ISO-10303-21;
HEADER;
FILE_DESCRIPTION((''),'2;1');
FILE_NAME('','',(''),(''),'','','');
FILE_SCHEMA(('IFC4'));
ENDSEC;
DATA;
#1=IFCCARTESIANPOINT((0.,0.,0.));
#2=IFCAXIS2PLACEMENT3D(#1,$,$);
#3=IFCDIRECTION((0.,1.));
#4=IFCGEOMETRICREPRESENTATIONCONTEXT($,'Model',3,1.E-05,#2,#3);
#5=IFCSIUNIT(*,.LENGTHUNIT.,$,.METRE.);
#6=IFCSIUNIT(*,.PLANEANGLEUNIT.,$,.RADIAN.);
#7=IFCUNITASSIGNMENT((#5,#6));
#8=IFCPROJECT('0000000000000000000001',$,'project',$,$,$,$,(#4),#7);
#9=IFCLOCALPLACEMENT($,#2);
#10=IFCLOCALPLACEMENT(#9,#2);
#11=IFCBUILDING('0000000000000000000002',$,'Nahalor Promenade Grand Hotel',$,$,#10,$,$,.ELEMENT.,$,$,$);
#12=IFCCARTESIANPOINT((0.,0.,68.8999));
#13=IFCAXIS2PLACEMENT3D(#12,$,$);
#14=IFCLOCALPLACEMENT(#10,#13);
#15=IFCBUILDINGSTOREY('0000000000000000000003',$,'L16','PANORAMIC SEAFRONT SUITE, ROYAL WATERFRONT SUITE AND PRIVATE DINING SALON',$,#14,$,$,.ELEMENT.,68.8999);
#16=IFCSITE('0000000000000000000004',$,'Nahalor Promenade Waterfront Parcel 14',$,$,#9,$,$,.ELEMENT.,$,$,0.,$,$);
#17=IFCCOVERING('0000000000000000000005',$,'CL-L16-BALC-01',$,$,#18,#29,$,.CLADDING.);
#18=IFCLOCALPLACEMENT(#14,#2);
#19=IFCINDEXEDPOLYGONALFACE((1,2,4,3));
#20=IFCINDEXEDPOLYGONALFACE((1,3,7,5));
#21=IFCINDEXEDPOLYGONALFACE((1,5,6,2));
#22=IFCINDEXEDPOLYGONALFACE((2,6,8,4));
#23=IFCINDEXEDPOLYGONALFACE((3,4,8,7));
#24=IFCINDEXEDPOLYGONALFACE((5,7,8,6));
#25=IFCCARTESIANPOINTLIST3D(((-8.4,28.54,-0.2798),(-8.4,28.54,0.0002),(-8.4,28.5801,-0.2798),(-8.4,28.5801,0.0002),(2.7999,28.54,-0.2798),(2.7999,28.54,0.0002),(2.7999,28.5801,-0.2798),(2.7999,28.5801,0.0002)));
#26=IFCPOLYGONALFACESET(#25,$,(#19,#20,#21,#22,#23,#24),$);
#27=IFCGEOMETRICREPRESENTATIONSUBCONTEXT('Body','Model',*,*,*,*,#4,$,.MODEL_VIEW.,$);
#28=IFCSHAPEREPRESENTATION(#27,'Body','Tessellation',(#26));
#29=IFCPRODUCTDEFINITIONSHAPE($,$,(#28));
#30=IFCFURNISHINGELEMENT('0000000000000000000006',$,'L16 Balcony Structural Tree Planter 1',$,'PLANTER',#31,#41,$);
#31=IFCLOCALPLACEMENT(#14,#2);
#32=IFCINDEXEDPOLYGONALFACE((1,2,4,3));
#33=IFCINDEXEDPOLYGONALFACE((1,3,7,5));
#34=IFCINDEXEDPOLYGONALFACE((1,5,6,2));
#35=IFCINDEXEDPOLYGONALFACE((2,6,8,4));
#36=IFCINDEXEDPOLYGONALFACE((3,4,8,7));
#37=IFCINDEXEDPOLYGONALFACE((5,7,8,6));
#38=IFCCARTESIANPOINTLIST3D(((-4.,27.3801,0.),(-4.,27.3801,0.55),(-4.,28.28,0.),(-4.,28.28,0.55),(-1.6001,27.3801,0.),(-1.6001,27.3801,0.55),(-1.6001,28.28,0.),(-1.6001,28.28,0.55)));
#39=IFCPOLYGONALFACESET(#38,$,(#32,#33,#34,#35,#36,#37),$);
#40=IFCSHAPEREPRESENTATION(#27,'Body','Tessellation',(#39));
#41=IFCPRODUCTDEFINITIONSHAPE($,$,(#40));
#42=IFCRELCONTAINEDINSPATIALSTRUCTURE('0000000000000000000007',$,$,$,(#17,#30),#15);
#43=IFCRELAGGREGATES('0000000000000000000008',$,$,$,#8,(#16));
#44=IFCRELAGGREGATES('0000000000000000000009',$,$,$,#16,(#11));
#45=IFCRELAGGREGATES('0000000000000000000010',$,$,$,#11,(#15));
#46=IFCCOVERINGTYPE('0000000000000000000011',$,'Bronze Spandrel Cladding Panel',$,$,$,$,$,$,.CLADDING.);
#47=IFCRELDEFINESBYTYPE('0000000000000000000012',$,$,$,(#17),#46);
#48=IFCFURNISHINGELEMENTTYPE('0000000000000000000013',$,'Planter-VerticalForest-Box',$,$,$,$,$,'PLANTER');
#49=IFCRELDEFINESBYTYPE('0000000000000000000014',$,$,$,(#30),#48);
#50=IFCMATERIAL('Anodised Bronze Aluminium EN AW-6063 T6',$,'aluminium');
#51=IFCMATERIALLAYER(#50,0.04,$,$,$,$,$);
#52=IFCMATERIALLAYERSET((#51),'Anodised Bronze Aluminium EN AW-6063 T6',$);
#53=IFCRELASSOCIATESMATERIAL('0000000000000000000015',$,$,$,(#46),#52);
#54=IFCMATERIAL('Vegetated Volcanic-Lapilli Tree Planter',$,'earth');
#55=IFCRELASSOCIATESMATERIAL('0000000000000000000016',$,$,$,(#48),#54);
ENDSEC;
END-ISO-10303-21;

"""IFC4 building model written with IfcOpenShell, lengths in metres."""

from ifc_helpers import new_model, si_unit, direction, frame, origin, origin_2d, place, context, subcontext, project, spatial, rectangle, extrude, source, transform, mapped, material, layer, layer_set, type_object, element, save


model = new_model("IFC4")

# Units and contexts
model_context = context("Model", 3, precision=1e-05, world=origin(), true_north=direction((0.0, 1.0)))
body_context = subcontext(model_context, "Body", "Model", "MODEL_VIEW")
ifc_project = project(units=[si_unit("LENGTHUNIT", "METRE"), si_unit("PLANEANGLEUNIT", "RADIAN")], contexts=[model_context])

# Site, building, storey
site_placement = place(None, origin())
site = spatial("IfcSite", under=ifc_project, at=site_placement, Name="Nahalor Promenade Waterfront Parcel 14", CompositionType="ELEMENT", RefElevation=0.0)
building_placement = place(site_placement, origin())
building = spatial("IfcBuilding", under=site, at=building_placement, Name="Nahalor Promenade Grand Hotel", CompositionType="ELEMENT")
storey_placement = place(building_placement, frame((0.0, 0.0, 68.8999)))
storey = spatial("IfcBuildingStorey", under=building, at=storey_placement, Name="L16", Description="PANORAMIC SEAFRONT SUITE, ROYAL WATERFRONT SUITE AND PRIVATE DINING SALON", CompositionType="ELEMENT", Elevation=68.8999)

# Shared definitions
ifc_material_1 = material(Name="Anodised Bronze Aluminium EN AW-6063 T6", Category="aluminium")

# Covering
ifc_layer_1 = layer(ifc_material_1, 0.04)
ifc_layer_set_1 = layer_set([ifc_layer_1], Name="Anodised Bronze Aluminium EN AW-6063 T6")
covering_type = type_object("IfcCoveringType", Name="Bronze Spandrel Cladding Panel", PredefinedType="CLADDING", material=ifc_layer_set_1)
shared_shape_1 = source(origin(), body_context, "Body", "SweptSolid", [
    extrude(rectangle(XDim=11.2, YDim=0.04, at=origin_2d()), origin(), (0.0, 0.0, 1.0), 0.28),
])
covering_placement = place(storey_placement, frame((-2.8, 28.5601, -0.2798), z_axis=(0.0, 0.0, 1.0), x_axis=(1.0, 0.0, 0.0)))
element("IfcCovering", 1, at=covering_placement, inside=storey, type_object=covering_type, Name="CL-L16-BALC-01", PredefinedType="CLADDING", context=body_context, shape_type="MappedRepresentation", body=[
    mapped(shared_shape_1, transform((0.0, 0.0, 0.0), scale=1.0)),
])

# Furnishing element
ifc_material_2 = material(Name="Vegetated Volcanic-Lapilli Tree Planter", Category="earth")
furnishing_element_type = type_object("IfcFurnishingElementType", Name="Planter-VerticalForest-Box", ElementType="PLANTER", material=ifc_material_2)
shared_shape_2 = source(origin(), body_context, "Body", "SweptSolid", [
    extrude(rectangle(XDim=2.3999, YDim=0.8999, at=origin_2d()), origin(), (0.0, 0.0, 1.0), 0.55),
])
furnishing_placement = place(storey_placement, frame((-2.8, 27.8301, 0.0), z_axis=(0.0, 0.0, 1.0), x_axis=(1.0, 0.0, 0.0)))
element("IfcFurnishingElement", 2, at=furnishing_placement, inside=storey, type_object=furnishing_element_type, Name="L16 Balcony Structural Tree Planter 1", ObjectType="PLANTER", context=body_context, shape_type="MappedRepresentation", body=[
    mapped(shared_shape_2, transform((0.0, 0.0, 0.0), scale=1.0)),
])

save(model, "model.ifc")
